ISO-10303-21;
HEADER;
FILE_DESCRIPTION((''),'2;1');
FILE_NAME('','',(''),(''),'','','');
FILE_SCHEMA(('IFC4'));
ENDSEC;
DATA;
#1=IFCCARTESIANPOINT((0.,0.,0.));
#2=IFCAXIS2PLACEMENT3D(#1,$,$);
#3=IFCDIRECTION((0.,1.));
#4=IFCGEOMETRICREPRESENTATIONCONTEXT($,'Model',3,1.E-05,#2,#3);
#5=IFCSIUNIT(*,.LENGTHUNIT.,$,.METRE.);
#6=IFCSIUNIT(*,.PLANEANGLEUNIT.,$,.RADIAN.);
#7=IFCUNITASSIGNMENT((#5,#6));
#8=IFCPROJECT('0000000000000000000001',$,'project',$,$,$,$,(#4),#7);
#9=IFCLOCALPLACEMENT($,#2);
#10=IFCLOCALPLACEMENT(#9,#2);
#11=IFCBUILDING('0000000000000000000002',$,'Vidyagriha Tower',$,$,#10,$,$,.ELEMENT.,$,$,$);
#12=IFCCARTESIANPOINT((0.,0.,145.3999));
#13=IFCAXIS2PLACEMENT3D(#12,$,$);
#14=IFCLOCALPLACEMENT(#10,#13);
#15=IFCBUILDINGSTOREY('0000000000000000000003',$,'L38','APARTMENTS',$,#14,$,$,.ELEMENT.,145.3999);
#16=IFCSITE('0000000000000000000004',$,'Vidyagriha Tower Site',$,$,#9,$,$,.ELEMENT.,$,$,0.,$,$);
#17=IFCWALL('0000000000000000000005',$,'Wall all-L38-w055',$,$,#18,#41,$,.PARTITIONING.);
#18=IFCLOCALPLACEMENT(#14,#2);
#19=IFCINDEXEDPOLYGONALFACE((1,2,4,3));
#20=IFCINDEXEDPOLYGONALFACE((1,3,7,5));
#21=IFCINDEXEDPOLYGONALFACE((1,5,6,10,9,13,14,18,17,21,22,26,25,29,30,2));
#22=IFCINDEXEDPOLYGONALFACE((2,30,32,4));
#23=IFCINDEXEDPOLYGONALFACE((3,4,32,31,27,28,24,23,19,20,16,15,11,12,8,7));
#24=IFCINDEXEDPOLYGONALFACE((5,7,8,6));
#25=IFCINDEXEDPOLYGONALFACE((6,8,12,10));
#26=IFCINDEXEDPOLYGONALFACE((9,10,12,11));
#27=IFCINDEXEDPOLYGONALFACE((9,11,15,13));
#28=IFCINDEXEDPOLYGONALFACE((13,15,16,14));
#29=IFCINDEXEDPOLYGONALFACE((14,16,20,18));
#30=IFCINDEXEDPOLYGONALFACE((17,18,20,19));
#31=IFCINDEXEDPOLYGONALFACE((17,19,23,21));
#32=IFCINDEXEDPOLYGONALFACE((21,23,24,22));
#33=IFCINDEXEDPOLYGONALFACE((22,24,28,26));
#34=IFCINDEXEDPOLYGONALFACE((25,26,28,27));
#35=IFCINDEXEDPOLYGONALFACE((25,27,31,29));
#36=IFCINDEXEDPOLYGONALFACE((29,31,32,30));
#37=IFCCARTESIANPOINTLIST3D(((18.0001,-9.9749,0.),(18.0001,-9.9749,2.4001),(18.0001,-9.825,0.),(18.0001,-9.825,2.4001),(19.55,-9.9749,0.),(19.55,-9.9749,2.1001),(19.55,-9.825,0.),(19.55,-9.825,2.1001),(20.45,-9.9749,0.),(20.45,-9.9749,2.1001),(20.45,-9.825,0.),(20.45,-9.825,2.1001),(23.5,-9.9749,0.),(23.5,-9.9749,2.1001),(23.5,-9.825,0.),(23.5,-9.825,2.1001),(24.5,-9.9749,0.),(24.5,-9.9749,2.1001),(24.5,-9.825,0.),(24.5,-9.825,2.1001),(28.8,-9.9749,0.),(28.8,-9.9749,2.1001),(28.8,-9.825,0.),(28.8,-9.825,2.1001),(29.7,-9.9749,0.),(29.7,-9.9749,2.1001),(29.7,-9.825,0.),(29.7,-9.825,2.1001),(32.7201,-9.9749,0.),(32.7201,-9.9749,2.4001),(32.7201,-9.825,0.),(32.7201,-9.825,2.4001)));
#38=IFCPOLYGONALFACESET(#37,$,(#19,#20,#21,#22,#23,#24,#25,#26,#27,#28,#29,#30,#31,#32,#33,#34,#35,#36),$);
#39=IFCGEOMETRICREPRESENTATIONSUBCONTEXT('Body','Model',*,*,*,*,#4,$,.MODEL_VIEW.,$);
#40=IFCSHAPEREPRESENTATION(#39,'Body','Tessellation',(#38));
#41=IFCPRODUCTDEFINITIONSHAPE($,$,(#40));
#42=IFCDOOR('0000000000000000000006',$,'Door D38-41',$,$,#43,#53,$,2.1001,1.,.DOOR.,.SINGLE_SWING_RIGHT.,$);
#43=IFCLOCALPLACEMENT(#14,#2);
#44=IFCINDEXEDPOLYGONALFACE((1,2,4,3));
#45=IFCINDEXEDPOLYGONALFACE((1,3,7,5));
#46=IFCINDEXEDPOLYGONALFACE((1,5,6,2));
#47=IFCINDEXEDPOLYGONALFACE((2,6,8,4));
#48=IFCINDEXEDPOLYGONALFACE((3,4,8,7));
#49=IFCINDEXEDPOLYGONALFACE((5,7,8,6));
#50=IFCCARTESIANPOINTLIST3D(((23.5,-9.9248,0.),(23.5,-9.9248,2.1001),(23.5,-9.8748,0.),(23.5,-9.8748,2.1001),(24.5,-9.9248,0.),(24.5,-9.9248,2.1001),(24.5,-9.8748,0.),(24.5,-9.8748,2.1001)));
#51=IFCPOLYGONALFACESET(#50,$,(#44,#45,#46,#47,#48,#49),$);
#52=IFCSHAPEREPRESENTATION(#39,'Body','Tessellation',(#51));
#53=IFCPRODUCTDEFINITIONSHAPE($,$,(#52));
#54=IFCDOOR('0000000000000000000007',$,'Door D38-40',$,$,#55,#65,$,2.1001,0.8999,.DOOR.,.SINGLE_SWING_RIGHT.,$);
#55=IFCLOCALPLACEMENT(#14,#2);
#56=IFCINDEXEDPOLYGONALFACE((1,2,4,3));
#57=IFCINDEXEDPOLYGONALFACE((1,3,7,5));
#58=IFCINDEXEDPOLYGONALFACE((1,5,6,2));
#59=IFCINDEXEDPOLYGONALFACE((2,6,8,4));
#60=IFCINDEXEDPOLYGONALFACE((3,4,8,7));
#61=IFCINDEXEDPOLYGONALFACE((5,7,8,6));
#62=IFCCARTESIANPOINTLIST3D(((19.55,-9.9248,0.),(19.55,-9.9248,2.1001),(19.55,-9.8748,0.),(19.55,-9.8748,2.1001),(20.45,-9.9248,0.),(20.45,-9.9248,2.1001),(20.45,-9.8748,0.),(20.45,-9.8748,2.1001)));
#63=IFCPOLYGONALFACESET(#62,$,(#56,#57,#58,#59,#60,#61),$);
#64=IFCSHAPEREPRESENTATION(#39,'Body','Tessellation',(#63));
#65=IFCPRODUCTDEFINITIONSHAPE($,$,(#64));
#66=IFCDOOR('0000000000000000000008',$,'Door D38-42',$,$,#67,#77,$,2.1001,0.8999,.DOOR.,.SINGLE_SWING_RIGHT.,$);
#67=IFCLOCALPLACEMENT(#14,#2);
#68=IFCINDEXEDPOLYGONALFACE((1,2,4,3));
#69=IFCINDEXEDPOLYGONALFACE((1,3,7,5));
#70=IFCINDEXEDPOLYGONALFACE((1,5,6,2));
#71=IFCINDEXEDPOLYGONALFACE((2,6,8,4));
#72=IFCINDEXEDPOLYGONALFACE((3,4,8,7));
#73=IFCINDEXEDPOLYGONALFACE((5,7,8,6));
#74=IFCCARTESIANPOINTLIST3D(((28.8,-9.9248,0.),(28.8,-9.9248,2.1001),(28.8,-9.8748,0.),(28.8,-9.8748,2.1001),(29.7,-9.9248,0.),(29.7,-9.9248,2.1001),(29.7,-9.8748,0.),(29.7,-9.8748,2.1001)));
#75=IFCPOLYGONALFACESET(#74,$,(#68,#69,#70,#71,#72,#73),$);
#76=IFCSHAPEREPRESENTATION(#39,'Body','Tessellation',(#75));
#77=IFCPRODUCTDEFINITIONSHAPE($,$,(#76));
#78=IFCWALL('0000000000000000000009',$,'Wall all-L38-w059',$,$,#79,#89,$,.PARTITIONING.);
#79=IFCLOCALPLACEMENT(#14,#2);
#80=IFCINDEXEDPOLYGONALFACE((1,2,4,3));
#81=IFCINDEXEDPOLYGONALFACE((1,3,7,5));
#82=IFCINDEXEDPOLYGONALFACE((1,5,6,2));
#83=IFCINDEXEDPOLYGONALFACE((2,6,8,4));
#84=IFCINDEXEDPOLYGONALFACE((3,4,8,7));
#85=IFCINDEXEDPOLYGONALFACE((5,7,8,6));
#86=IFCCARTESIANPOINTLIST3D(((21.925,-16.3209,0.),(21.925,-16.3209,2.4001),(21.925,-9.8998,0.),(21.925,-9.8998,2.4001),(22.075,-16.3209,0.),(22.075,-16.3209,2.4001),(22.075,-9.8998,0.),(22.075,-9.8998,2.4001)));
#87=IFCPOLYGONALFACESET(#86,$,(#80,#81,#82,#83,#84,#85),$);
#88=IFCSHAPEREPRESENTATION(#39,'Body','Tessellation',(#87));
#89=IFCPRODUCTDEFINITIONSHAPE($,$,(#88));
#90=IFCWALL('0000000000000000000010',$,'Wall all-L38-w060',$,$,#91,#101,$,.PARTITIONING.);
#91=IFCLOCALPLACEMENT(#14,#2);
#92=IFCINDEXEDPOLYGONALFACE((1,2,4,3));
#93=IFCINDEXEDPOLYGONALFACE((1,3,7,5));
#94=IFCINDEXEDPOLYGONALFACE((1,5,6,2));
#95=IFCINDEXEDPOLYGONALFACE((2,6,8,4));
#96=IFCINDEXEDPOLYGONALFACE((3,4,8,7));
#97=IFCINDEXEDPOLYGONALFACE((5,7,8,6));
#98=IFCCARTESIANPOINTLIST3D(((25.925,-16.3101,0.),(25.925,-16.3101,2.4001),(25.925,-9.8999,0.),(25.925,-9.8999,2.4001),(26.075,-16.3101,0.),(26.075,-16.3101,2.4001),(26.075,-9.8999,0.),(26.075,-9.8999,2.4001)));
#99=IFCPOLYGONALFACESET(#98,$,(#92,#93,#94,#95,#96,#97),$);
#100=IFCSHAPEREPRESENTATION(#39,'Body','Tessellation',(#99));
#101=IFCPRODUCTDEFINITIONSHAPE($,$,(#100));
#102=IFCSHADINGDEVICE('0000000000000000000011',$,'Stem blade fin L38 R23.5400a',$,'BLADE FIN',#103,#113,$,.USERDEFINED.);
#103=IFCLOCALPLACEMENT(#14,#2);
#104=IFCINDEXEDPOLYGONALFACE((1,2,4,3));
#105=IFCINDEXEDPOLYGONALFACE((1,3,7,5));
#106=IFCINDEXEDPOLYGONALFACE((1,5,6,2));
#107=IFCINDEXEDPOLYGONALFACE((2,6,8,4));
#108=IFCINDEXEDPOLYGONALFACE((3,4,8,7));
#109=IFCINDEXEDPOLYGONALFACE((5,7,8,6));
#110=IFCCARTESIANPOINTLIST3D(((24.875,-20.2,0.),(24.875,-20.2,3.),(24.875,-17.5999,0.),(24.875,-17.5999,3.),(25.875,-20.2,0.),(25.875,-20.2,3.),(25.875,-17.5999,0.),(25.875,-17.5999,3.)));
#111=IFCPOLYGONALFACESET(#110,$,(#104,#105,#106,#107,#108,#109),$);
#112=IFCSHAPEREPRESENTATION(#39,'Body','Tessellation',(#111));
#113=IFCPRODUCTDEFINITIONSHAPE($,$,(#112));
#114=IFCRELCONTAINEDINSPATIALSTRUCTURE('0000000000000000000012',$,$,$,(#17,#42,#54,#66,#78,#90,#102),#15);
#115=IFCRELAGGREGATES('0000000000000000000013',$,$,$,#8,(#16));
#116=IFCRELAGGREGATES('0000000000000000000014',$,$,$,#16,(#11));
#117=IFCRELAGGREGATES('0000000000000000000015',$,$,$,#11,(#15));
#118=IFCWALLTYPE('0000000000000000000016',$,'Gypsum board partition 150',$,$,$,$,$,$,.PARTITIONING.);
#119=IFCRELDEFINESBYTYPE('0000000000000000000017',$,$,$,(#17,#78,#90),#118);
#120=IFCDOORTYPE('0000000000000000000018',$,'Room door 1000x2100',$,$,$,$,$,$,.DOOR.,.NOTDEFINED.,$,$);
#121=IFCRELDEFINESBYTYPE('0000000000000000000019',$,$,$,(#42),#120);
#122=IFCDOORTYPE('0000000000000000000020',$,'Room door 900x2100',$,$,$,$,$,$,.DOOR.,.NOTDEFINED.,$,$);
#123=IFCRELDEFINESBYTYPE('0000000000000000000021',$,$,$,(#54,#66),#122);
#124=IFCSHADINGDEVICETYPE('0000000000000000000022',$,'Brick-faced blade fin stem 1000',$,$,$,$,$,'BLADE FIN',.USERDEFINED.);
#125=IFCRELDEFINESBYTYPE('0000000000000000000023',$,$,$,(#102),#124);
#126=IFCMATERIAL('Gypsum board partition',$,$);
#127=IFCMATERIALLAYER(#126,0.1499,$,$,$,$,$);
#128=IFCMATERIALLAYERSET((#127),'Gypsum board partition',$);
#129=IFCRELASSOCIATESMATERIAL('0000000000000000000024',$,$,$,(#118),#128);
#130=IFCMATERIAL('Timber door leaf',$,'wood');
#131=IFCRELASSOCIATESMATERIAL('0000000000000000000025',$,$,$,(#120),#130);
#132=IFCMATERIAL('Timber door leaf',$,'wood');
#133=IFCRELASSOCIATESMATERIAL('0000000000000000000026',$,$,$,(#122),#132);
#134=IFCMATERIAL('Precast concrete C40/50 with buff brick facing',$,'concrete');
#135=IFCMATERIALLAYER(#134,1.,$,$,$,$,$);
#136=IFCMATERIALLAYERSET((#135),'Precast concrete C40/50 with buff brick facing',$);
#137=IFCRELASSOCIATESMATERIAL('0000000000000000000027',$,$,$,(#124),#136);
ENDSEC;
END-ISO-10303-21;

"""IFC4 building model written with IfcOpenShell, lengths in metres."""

from ifc_helpers import new_model, si_unit, direction, frame, frame_2d, origin, place, context, subcontext, project, spatial, polyline, rectangle, outline, extrude, material, layer, layer_set, type_object, element, fill, save


model = new_model("IFC4")

# Units and contexts
model_context = context("Model", 3, precision=1e-05, world=origin(), true_north=direction((0.0, 1.0)))
body_context = subcontext(model_context, "Body", "Model", "MODEL_VIEW")
ifc_project = project(units=[si_unit("LENGTHUNIT", "METRE"), si_unit("PLANEANGLEUNIT", "RADIAN")], contexts=[model_context])

# Site, building, storey
site_placement = place(None, origin())
site = spatial("IfcSite", under=ifc_project, at=site_placement, Name="Vidyagriha Tower Site", CompositionType="ELEMENT", RefElevation=0.0)
building_placement = place(site_placement, origin())
building = spatial("IfcBuilding", under=site, at=building_placement, Name="Vidyagriha Tower", CompositionType="ELEMENT")
storey_placement = place(building_placement, frame((0.0, 0.0, 145.3999)))
storey = spatial("IfcBuildingStorey", under=building, at=storey_placement, Name="L38", Description="APARTMENTS", CompositionType="ELEMENT", Elevation=145.3999)

# Wall, openings, doors
ifc_material_1 = material(Name="Gypsum board partition")
ifc_layer_1 = layer(ifc_material_1, 0.1499)
ifc_layer_set_1 = layer_set([ifc_layer_1], Name="Gypsum board partition")
wall_type_1 = type_object("IfcWallType", Name="Gypsum board partition 150", PredefinedType="PARTITIONING", material=ifc_layer_set_1)
wall_1_placement = place(storey_placement, frame((32.72, -9.8999, 0.0), z_axis=(0.0, 0.0, 1.0), x_axis=(-1.0, 0.0, 0.0)))
wall_1 = element("IfcWall", 1, at=wall_1_placement, inside=storey, type_object=wall_type_1, Name="Wall all-L38-w055", PredefinedType="PARTITIONING", context=body_context, shape_type="SweptSolid", body=[
    extrude(rectangle(XDim=14.72, YDim=0.1499, at=frame_2d((7.3599, 0.0))), origin(), (0.0, 0.0, 1.0), 2.4001),
])
opening_1_placement = place(wall_1_placement, frame((12.27, 0.0, 0.0)))
opening_1 = element("IfcOpeningElement", 2, at=opening_1_placement, cuts=wall_1, PredefinedType="OPENING", context=body_context, shape_type="SweptSolid", body=[
    extrude(rectangle(XDim=0.8999, YDim=2.1001, at=frame_2d((0.45, 1.05))), frame((0.0, 0.085, 0.0), z_axis=(0.0, -1.0, 0.0), x_axis=(1.0, 0.0, 0.0)), (0.0, 0.0, 1.0), 0.1699),
])
opening_2_placement = place(wall_1_placement, frame((8.22, 0.0, 0.0)))
opening_2 = element("IfcOpeningElement", 3, at=opening_2_placement, cuts=wall_1, PredefinedType="OPENING", context=body_context, shape_type="SweptSolid", body=[
    extrude(rectangle(XDim=1.0, YDim=2.1001, at=frame_2d((0.5, 1.05))), frame((0.0, 0.085, 0.0), z_axis=(0.0, -1.0, 0.0), x_axis=(1.0, 0.0, 0.0)), (0.0, 0.0, 1.0), 0.1699),
])
opening_3_placement = place(wall_1_placement, frame((3.02, 0.0, 0.0)))
opening_3 = element("IfcOpeningElement", 4, at=opening_3_placement, cuts=wall_1, PredefinedType="OPENING", context=body_context, shape_type="SweptSolid", body=[
    extrude(rectangle(XDim=0.8999, YDim=2.1001, at=frame_2d((0.45, 1.05))), frame((0.0, 0.085, 0.0), z_axis=(0.0, -1.0, 0.0), x_axis=(1.0, 0.0, 0.0)), (0.0, 0.0, 1.0), 0.1699),
])
ifc_material_2 = material(Name="Timber door leaf", Category="wood")
door_type_1 = type_object("IfcDoorType", Name="Room door 1000x2100", OperationType="NOTDEFINED", PredefinedType="DOOR", material=ifc_material_2)
door_1_placement = place(opening_2_placement, origin())
door_1 = element("IfcDoor", 5, at=door_1_placement, inside=storey, type_object=door_type_1, Name="Door D38-41", OperationType="SINGLE_SWING_RIGHT", OverallHeight=2.1001, OverallWidth=1.0, PredefinedType="DOOR", context=body_context, shape_type="SweptSolid", body=[
    extrude(rectangle(XDim=1.0, YDim=2.1001, at=frame_2d((0.5, 1.05))), frame((0.0, 0.0249, 0.0), z_axis=(0.0, -1.0, 0.0), x_axis=(1.0, 0.0, 0.0)), (0.0, 0.0, 1.0), 0.05),
])
fill(opening_2, door_1)
ifc_material_3 = material(Name="Timber door leaf", Category="wood")
door_type_2 = type_object("IfcDoorType", Name="Room door 900x2100", OperationType="NOTDEFINED", PredefinedType="DOOR", material=ifc_material_3)
door_2_placement = place(opening_1_placement, origin())
door_2 = element("IfcDoor", 6, at=door_2_placement, inside=storey, type_object=door_type_2, Name="Door D38-40", OperationType="SINGLE_SWING_RIGHT", OverallHeight=2.1001, OverallWidth=0.8999, PredefinedType="DOOR", context=body_context, shape_type="SweptSolid", body=[
    extrude(rectangle(XDim=0.8999, YDim=2.1001, at=frame_2d((0.45, 1.05))), frame((0.0, 0.0249, 0.0), z_axis=(0.0, -1.0, 0.0), x_axis=(1.0, 0.0, 0.0)), (0.0, 0.0, 1.0), 0.05),
])
fill(opening_1, door_2)
door_3_placement = place(opening_3_placement, origin())
door_3 = element("IfcDoor", 7, at=door_3_placement, inside=storey, type_object=door_type_2, Name="Door D38-42", OperationType="SINGLE_SWING_RIGHT", OverallHeight=2.1001, OverallWidth=0.8999, PredefinedType="DOOR", context=body_context, shape_type="SweptSolid", body=[
    extrude(rectangle(XDim=0.8999, YDim=2.1001, at=frame_2d((0.45, 1.05))), frame((0.0, 0.0249, 0.0), z_axis=(0.0, -1.0, 0.0), x_axis=(1.0, 0.0, 0.0)), (0.0, 0.0, 1.0), 0.05),
])
fill(opening_3, door_3)

# Walls
wall_2_placement = place(storey_placement, frame((22.0, -9.8999, 0.0), z_axis=(0.0, 0.0, 1.0), x_axis=(0.0, -1.0, 0.0)))
element("IfcWall", 8, at=wall_2_placement, inside=storey, type_object=wall_type_1, Name="Wall all-L38-w059", PredefinedType="PARTITIONING", context=body_context, shape_type="SweptSolid", body=[
    extrude(rectangle(XDim=6.4211, YDim=0.1499, at=frame_2d((3.2104, 0.0))), origin(), (0.0, 0.0, 1.0), 2.4001),
])
wall_3_placement = place(storey_placement, frame((26.0, -9.8999, 0.0), z_axis=(0.0, 0.0, 1.0), x_axis=(0.0, -1.0, 0.0)))
element("IfcWall", 9, at=wall_3_placement, inside=storey, type_object=wall_type_1, Name="Wall all-L38-w060", PredefinedType="PARTITIONING", context=body_context, shape_type="SweptSolid", body=[
    extrude(rectangle(XDim=6.4102, YDim=0.1499, at=frame_2d((3.2051, 0.0))), origin(), (0.0, 0.0, 1.0), 2.4001),
])

# Shading device
ifc_material_4 = material(Name="Precast concrete C40/50 with buff brick facing", Category="concrete")
ifc_layer_2 = layer(ifc_material_4, 1.0)
ifc_layer_set_2 = layer_set([ifc_layer_2], Name="Precast concrete C40/50 with buff brick facing")
shading_device_type = type_object("IfcShadingDeviceType", Name="Brick-faced blade fin stem 1000", ElementType="BLADE FIN", PredefinedType="USERDEFINED", material=ifc_layer_set_2)
shading_device_placement = place(storey_placement, frame((24.875, -18.8999, 0.0)))
element("IfcShadingDevice", 10, at=shading_device_placement, inside=storey, type_object=shading_device_type, Name="Stem blade fin L38 R23.5400a", ObjectType="BLADE FIN", PredefinedType="USERDEFINED", context=body_context, shape_type="SweptSolid", body=[
    extrude(outline(polyline([(0.0, 0.0), (1.0, 0.0), (1.0, 3.0), (0.0, 3.0), (0.0, 0.0)])), frame((0.0, 1.3, 0.0), z_axis=(0.0, -1.0, 0.0), x_axis=(1.0, 0.0, 0.0)), (0.0, 0.0, 1.0), 2.6001),
])

save(model, "model.ifc")
